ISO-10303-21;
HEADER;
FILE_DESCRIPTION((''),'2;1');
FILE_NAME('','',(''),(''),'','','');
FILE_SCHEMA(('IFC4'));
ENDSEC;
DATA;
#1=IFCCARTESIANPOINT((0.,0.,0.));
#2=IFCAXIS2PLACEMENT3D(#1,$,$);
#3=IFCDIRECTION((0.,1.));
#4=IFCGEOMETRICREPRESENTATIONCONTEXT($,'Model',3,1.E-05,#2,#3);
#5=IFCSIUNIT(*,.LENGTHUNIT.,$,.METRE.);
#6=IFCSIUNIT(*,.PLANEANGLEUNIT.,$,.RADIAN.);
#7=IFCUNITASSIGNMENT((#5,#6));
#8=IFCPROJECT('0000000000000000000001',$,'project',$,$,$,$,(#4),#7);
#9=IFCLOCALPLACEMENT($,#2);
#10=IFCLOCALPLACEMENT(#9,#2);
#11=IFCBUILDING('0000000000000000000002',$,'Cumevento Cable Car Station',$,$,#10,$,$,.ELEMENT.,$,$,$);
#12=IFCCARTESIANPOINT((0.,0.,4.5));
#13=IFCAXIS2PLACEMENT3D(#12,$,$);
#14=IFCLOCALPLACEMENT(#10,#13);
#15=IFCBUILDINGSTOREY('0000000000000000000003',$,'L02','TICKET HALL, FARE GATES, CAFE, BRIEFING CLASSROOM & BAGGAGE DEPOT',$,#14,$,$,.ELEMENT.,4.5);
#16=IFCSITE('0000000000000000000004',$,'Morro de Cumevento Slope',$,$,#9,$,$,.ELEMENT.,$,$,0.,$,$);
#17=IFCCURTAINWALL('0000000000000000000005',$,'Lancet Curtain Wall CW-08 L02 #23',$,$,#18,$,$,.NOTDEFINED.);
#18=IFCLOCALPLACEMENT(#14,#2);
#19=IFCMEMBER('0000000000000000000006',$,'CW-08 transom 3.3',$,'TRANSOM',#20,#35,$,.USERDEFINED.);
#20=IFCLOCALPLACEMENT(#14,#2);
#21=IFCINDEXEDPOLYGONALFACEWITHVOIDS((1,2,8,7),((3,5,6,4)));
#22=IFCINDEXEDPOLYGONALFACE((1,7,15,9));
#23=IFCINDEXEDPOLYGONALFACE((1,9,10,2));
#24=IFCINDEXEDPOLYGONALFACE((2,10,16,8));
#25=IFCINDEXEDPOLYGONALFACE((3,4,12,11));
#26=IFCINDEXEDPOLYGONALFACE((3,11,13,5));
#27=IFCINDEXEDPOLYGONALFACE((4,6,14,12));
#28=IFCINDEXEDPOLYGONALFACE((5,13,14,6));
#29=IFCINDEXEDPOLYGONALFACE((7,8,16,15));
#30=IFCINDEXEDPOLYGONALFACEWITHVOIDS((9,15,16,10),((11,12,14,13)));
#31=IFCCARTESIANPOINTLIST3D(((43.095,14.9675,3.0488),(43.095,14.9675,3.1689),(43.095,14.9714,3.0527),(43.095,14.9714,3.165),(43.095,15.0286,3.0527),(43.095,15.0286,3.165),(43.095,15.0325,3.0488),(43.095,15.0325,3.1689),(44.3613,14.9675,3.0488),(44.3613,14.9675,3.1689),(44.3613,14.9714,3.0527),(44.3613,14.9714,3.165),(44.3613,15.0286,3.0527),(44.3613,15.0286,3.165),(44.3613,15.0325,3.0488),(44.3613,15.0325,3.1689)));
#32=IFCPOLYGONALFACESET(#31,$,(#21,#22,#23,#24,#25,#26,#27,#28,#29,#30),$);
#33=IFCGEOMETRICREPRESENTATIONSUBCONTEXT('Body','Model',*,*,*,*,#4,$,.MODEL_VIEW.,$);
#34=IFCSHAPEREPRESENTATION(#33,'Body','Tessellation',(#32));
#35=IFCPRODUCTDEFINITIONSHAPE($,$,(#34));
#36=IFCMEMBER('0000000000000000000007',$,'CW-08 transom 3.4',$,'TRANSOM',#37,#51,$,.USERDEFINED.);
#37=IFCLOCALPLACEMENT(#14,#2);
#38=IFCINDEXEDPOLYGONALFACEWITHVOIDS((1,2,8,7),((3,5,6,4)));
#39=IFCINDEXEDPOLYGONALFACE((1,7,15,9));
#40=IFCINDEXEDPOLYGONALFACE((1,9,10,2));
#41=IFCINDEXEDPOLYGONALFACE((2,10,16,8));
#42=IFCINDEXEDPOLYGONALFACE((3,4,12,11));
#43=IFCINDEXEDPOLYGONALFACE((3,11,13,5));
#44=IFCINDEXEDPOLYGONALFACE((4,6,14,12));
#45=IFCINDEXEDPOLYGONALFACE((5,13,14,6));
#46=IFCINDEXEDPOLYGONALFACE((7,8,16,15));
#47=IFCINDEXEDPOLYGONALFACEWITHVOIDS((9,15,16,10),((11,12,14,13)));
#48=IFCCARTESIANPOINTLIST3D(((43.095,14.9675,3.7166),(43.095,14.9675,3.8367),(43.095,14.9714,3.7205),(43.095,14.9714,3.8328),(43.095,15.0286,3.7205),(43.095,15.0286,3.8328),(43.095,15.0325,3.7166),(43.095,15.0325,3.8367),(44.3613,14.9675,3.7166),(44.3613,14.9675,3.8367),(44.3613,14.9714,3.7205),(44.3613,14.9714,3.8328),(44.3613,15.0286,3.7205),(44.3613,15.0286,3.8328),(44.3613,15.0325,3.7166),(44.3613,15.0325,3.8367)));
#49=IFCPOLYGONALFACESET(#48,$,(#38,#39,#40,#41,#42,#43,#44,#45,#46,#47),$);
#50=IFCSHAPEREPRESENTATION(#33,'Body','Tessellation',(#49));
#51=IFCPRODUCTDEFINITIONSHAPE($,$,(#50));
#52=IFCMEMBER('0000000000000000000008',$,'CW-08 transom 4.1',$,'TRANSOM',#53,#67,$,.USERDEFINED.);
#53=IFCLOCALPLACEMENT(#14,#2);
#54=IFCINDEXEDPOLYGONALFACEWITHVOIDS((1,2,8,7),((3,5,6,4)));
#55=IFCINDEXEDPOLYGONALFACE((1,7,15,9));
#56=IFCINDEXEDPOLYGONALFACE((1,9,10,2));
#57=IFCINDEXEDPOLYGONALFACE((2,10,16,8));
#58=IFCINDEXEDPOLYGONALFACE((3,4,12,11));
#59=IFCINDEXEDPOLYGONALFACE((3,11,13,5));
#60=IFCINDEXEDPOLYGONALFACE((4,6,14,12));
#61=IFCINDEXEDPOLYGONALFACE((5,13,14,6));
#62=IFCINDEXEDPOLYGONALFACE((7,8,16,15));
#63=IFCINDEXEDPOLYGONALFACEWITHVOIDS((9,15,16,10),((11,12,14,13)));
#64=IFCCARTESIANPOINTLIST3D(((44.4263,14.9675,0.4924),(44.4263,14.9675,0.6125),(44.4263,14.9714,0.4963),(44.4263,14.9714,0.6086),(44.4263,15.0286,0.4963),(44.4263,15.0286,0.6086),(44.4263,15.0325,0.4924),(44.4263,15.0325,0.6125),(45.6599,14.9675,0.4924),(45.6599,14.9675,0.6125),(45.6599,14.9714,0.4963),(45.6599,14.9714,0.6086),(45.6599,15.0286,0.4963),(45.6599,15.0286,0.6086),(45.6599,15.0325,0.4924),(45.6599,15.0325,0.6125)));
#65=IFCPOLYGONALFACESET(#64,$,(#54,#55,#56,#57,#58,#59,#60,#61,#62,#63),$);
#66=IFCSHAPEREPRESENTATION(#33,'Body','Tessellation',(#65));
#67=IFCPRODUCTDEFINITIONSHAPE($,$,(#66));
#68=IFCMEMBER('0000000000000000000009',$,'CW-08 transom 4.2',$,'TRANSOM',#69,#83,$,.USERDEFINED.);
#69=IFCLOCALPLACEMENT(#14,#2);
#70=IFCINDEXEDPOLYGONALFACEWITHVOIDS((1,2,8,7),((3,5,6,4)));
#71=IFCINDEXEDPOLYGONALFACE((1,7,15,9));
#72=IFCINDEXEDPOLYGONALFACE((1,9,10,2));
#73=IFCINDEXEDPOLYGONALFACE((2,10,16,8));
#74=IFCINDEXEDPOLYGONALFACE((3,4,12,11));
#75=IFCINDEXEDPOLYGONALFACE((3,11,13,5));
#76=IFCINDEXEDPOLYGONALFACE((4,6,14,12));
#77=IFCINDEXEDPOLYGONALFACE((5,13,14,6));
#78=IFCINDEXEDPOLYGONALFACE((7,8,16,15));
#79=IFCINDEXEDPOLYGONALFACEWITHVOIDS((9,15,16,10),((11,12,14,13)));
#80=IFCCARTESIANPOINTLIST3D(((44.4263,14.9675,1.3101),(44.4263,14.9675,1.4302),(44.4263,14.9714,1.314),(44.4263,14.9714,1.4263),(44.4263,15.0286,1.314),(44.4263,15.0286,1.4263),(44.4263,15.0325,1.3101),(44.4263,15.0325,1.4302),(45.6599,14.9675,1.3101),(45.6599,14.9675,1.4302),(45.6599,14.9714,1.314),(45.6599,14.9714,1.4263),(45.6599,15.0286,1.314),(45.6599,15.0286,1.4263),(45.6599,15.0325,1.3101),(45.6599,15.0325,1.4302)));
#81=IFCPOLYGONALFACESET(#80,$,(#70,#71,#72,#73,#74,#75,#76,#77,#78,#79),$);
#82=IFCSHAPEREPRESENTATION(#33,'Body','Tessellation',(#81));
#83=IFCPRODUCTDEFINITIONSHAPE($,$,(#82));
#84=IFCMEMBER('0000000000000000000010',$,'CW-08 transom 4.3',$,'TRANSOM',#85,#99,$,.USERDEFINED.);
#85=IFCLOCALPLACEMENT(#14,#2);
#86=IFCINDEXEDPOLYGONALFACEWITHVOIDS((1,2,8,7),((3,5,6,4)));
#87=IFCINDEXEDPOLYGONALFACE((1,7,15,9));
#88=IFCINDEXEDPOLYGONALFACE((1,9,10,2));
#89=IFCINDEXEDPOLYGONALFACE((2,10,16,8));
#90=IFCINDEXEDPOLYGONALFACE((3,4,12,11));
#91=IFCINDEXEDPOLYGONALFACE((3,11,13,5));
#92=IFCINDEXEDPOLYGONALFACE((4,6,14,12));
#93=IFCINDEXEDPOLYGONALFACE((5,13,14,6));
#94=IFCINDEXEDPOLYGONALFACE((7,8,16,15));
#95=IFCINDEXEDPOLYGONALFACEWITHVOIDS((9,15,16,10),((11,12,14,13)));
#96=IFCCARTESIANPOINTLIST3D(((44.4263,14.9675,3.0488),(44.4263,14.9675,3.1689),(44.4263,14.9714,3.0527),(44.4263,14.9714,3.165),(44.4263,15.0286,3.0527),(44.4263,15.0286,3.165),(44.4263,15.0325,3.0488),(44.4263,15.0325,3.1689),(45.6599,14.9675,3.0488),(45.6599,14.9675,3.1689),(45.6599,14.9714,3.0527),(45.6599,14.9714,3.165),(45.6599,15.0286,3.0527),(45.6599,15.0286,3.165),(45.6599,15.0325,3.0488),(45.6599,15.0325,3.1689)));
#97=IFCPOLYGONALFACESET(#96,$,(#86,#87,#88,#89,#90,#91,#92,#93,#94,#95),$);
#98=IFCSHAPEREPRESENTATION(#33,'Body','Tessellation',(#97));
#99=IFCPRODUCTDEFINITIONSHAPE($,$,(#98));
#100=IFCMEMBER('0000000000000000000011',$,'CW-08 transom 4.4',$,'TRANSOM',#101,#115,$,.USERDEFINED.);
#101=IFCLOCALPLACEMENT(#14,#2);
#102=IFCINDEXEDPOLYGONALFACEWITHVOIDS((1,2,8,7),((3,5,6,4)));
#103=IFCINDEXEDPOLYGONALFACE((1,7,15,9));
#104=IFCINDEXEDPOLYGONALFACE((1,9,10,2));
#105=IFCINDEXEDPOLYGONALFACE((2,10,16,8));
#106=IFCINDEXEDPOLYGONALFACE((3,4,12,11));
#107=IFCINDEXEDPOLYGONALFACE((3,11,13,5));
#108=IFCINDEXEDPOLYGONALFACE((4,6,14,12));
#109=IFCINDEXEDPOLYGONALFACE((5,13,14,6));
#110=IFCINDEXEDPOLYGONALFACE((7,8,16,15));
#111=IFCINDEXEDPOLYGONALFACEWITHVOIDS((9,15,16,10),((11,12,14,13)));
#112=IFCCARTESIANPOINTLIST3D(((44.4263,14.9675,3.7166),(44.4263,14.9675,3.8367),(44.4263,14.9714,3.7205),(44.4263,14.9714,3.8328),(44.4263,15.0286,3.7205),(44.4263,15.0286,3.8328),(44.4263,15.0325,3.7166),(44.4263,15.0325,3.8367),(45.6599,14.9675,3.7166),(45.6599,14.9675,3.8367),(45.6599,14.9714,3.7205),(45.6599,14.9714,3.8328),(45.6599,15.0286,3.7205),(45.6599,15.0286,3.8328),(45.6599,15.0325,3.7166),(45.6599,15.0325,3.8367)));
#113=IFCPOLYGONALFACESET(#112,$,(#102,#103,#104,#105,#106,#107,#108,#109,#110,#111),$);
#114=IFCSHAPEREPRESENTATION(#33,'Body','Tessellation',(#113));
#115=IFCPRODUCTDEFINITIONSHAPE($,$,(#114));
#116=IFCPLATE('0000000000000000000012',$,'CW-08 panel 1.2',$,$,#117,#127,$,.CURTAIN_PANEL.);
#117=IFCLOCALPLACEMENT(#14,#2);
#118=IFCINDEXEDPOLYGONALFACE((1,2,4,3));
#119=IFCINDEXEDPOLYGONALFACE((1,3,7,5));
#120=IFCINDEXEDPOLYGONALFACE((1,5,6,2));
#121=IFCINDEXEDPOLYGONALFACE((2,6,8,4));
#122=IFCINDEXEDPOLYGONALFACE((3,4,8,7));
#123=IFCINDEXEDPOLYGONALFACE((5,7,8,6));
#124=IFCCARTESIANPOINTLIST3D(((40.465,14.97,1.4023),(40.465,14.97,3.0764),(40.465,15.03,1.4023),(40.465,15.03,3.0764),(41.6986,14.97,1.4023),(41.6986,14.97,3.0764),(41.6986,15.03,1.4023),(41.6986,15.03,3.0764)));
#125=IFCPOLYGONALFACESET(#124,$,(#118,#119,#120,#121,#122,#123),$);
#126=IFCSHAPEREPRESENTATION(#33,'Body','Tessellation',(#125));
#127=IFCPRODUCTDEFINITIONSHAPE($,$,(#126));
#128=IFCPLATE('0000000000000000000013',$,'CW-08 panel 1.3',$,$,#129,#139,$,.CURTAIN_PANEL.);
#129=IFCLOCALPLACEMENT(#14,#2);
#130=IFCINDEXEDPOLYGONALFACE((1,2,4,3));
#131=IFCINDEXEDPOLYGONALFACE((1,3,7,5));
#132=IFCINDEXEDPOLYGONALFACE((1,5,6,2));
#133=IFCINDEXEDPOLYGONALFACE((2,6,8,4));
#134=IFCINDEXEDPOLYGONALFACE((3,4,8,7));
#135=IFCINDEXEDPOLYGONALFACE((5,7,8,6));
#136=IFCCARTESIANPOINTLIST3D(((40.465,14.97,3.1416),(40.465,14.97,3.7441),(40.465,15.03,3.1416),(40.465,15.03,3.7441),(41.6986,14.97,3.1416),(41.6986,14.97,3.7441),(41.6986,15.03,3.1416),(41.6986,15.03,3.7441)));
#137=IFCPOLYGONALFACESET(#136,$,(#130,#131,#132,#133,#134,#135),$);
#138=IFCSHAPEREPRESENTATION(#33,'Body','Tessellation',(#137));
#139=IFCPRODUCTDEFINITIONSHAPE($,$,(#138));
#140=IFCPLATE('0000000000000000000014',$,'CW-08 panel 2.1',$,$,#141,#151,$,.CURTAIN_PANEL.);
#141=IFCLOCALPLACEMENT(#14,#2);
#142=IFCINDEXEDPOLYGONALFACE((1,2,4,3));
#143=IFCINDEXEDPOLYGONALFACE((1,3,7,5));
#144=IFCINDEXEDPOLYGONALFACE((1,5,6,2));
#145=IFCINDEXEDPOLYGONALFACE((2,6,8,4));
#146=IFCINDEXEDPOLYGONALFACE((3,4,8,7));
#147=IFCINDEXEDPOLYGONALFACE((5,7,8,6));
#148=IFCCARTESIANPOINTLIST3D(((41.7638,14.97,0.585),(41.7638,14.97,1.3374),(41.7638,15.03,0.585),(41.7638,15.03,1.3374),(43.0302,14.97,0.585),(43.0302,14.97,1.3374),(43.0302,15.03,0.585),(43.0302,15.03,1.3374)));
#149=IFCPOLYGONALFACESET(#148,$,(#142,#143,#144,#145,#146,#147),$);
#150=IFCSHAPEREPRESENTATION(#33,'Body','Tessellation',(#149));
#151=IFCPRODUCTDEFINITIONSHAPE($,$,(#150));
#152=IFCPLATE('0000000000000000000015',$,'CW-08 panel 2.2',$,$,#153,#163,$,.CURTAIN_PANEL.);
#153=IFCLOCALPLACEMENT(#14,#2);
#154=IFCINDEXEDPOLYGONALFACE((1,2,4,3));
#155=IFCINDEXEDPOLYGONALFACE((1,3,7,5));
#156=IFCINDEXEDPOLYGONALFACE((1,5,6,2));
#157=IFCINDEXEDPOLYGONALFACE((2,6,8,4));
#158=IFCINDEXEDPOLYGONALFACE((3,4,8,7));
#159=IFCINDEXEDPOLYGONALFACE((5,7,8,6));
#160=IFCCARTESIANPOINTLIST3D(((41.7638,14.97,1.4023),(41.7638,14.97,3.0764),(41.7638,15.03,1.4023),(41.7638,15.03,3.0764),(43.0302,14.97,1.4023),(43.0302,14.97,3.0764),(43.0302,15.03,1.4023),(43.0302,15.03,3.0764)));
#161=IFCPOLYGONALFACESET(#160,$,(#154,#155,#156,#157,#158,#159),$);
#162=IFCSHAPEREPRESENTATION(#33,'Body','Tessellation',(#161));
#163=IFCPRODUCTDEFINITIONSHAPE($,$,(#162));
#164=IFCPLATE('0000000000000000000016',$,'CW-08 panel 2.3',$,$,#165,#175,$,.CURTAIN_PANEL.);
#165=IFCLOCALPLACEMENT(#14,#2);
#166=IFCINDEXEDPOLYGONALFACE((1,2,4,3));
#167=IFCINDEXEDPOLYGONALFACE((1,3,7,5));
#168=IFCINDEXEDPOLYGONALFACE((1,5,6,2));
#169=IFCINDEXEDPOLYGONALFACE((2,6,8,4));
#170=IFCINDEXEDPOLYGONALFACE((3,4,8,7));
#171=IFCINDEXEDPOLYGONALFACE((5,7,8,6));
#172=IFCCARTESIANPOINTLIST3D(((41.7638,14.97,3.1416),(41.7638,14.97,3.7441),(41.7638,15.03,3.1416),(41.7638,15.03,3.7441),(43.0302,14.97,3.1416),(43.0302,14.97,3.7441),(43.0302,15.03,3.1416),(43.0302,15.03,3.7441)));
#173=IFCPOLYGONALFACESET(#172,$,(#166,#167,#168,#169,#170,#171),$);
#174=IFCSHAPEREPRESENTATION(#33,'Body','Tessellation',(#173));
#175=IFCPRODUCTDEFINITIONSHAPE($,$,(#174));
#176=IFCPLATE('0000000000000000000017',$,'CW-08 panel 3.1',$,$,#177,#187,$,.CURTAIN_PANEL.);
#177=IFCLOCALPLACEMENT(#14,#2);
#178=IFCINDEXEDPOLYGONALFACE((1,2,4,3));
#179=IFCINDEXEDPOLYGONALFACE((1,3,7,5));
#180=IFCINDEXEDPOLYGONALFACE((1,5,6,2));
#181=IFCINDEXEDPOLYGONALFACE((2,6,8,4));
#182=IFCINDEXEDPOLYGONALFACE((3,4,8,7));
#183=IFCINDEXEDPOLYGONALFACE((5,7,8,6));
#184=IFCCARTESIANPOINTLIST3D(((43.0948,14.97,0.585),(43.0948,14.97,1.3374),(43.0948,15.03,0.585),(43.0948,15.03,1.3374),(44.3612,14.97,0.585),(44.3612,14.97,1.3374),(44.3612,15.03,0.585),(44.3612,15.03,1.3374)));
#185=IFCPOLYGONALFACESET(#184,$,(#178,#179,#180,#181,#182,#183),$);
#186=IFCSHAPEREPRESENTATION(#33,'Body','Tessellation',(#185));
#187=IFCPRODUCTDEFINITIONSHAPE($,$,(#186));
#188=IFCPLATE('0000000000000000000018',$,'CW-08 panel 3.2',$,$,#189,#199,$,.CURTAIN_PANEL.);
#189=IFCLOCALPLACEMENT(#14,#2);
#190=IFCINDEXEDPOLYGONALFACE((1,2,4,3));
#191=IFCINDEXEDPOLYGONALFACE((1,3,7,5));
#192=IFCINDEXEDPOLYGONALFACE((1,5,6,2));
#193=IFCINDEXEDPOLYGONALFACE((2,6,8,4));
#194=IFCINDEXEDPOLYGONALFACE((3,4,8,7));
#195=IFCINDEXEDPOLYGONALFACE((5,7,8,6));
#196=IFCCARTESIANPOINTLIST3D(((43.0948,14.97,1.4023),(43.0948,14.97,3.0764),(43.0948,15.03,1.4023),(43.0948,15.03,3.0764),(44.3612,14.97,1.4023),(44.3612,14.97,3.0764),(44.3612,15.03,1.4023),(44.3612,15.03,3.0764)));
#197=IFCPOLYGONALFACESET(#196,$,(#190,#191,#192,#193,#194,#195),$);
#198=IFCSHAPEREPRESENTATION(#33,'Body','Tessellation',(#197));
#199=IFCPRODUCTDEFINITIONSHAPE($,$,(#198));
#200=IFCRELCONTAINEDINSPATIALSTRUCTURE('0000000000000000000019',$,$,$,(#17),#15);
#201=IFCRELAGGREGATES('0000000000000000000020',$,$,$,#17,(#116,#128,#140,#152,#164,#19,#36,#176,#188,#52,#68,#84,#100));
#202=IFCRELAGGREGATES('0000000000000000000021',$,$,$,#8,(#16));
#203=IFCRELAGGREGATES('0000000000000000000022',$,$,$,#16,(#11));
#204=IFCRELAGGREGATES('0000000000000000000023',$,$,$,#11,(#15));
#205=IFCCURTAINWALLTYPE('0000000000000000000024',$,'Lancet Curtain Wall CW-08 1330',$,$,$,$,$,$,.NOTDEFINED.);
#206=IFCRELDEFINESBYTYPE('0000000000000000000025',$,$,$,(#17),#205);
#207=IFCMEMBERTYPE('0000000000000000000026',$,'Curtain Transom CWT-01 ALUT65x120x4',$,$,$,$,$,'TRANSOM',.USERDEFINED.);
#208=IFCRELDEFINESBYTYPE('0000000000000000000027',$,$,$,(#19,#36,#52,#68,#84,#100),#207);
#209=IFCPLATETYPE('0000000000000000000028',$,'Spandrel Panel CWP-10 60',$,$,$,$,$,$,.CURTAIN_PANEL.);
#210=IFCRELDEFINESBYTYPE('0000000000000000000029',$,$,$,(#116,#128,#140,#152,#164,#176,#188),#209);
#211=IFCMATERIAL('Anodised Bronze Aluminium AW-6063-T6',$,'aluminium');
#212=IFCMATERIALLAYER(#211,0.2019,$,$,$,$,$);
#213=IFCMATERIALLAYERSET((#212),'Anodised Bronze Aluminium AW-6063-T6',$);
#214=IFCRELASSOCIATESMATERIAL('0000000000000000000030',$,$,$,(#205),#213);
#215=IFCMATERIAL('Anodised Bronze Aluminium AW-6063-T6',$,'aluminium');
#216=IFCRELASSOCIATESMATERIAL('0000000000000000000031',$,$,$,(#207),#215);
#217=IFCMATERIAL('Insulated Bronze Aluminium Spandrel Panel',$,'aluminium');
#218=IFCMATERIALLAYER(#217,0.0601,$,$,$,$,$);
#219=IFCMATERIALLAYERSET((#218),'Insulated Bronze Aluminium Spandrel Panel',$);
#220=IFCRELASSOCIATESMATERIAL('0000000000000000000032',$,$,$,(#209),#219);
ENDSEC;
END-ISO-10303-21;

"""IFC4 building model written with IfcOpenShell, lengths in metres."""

from ifc_helpers import new_model, si_unit, direction, frame, origin, origin_2d, place, context, subcontext, project, spatial, rectangle, hollow_rectangle, extrude, material, layer, layer_set, material_profile, profile_set, type_object, element, aggregate, save


model = new_model("IFC4")

# Units and contexts
model_context = context("Model", 3, precision=1e-05, world=origin(), true_north=direction((0.0, 1.0)))
body_context = subcontext(model_context, "Body", "Model", "MODEL_VIEW")
ifc_project = project(units=[si_unit("LENGTHUNIT", "METRE"), si_unit("PLANEANGLEUNIT", "RADIAN")], contexts=[model_context])

# Site, building, storey
site_placement = place(None, origin())
site = spatial("IfcSite", under=ifc_project, at=site_placement, Name="Morro de Cumevento Slope", CompositionType="ELEMENT", RefElevation=0.0)
building_placement = place(site_placement, origin())
building = spatial("IfcBuilding", under=site, at=building_placement, Name="Cumevento Cable Car Station", CompositionType="ELEMENT")
storey_placement = place(building_placement, frame((0.0, 0.0, 4.5)))
storey = spatial("IfcBuildingStorey", under=building, at=storey_placement, Name="L02", Description="TICKET HALL, FARE GATES, CAFE, BRIEFING CLASSROOM & BAGGAGE DEPOT", CompositionType="ELEMENT", Elevation=4.5)

# Curtain wall, members, plates
ifc_material_1 = material(Name="Anodised Bronze Aluminium AW-6063-T6", Category="aluminium")
ifc_layer_1 = layer(ifc_material_1, 0.2019)
ifc_layer_set_1 = layer_set([ifc_layer_1], Name="Anodised Bronze Aluminium AW-6063-T6")
curtain_wall_type = type_object("IfcCurtainWallType", Name="Lancet Curtain Wall CW-08 1330", PredefinedType="NOTDEFINED", material=ifc_layer_set_1)
curtain_wall_placement = place(storey_placement, origin())
curtain_wall = element("IfcCurtainWall", 1, at=curtain_wall_placement, inside=storey, type_object=curtain_wall_type, Name="Lancet Curtain Wall CW-08 L02 #23", PredefinedType="NOTDEFINED")
ifc_material_2 = material(Name="Anodised Bronze Aluminium AW-6063-T6", Category="aluminium")
ifc_material_profile_1 = material_profile(ifc_material_2, hollow_rectangle(XDim=0.0649, YDim=0.1201, WallThickness=0.0039, at=origin_2d()), Name="ALUT65x120x4")
ifc_profile_set_1 = profile_set([ifc_material_profile_1], Name="Anodised Bronze Aluminium AW-6063-T6")
member_type_1 = type_object("IfcMemberType", Name="Curtain Transom CWT-01 ALUT65x120x4", ElementType="TRANSOM", PredefinedType="USERDEFINED", material=ifc_profile_set_1)
member_1_placement = place(storey_placement, frame((43.095, 15.0, 3.1089), z_axis=(1.0, 0.0, 0.0), x_axis=(0.0, 1.0, 0.0)))
member_1 = element("IfcMember", 2, at=member_1_placement, type_object=member_type_1, Name="CW-08 transom 3.3", ObjectType="TRANSOM", PredefinedType="USERDEFINED", context=body_context, shape_type="SweptSolid", body=[
    extrude(hollow_rectangle(XDim=0.0649, YDim=0.1201, WallThickness=0.0039, at=origin_2d()), origin(), (0.0, 0.0, 1.0), 1.2664),
])
member_2_placement = place(storey_placement, frame((43.095, 15.0, 3.7766), z_axis=(1.0, 0.0, 0.0), x_axis=(0.0, 1.0, 0.0)))
member_2 = element("IfcMember", 3, at=member_2_placement, type_object=member_type_1, Name="CW-08 transom 3.4", ObjectType="TRANSOM", PredefinedType="USERDEFINED", context=body_context, shape_type="SweptSolid", body=[
    extrude(hollow_rectangle(XDim=0.0649, YDim=0.1201, WallThickness=0.0039, at=origin_2d()), origin(), (0.0, 0.0, 1.0), 1.2664),
])
member_3_placement = place(storey_placement, frame((44.4263, 15.0, 0.5525), z_axis=(1.0, 0.0, 0.0), x_axis=(0.0, 1.0, 0.0)))
member_3 = element("IfcMember", 4, at=member_3_placement, type_object=member_type_1, Name="CW-08 transom 4.1", ObjectType="TRANSOM", PredefinedType="USERDEFINED", context=body_context, shape_type="SweptSolid", body=[
    extrude(hollow_rectangle(XDim=0.0649, YDim=0.1201, WallThickness=0.0039, at=origin_2d()), origin(), (0.0, 0.0, 1.0), 1.2336),
])
member_4_placement = place(storey_placement, frame((44.4263, 15.0, 1.3701), z_axis=(1.0, 0.0, 0.0), x_axis=(0.0, 1.0, 0.0)))
member_4 = element("IfcMember", 5, at=member_4_placement, type_object=member_type_1, Name="CW-08 transom 4.2", ObjectType="TRANSOM", PredefinedType="USERDEFINED", context=body_context, shape_type="SweptSolid", body=[
    extrude(hollow_rectangle(XDim=0.0649, YDim=0.1201, WallThickness=0.0039, at=origin_2d()), origin(), (0.0, 0.0, 1.0), 1.2336),
])
member_5_placement = place(storey_placement, frame((44.4263, 15.0, 3.1089), z_axis=(1.0, 0.0, 0.0), x_axis=(0.0, 1.0, 0.0)))
member_5 = element("IfcMember", 6, at=member_5_placement, type_object=member_type_1, Name="CW-08 transom 4.3", ObjectType="TRANSOM", PredefinedType="USERDEFINED", context=body_context, shape_type="SweptSolid", body=[
    extrude(hollow_rectangle(XDim=0.0649, YDim=0.1201, WallThickness=0.0039, at=origin_2d()), origin(), (0.0, 0.0, 1.0), 1.2336),
])
member_6_placement = place(storey_placement, frame((44.4263, 15.0, 3.7766), z_axis=(1.0, 0.0, 0.0), x_axis=(0.0, 1.0, 0.0)))
member_6 = element("IfcMember", 7, at=member_6_placement, type_object=member_type_1, Name="CW-08 transom 4.4", ObjectType="TRANSOM", PredefinedType="USERDEFINED", context=body_context, shape_type="SweptSolid", body=[
    extrude(hollow_rectangle(XDim=0.0649, YDim=0.1201, WallThickness=0.0039, at=origin_2d()), origin(), (0.0, 0.0, 1.0), 1.2336),
])
ifc_material_3 = material(Name="Insulated Bronze Aluminium Spandrel Panel", Category="aluminium")
ifc_layer_2 = layer(ifc_material_3, 0.0601)
ifc_layer_set_2 = layer_set([ifc_layer_2], Name="Insulated Bronze Aluminium Spandrel Panel")
plate_type = type_object("IfcPlateType", Name="Spandrel Panel CWP-10 60", PredefinedType="CURTAIN_PANEL", material=ifc_layer_set_2)
plate_1_placement = place(storey_placement, frame((41.0818, 15.0, 1.4023), z_axis=(0.0, 0.0, 1.0), x_axis=(1.0, 0.0, 0.0)))
plate_1 = element("IfcPlate", 8, at=plate_1_placement, type_object=plate_type, Name="CW-08 panel 1.2", PredefinedType="CURTAIN_PANEL", context=body_context, shape_type="SweptSolid", body=[
    extrude(rectangle(XDim=1.2336, YDim=0.0601, at=origin_2d()), origin(), (0.0, 0.0, 1.0), 1.6741),
])
plate_2_placement = place(storey_placement, frame((41.0818, 15.0, 3.1416), z_axis=(0.0, 0.0, 1.0), x_axis=(1.0, 0.0, 0.0)))
plate_2 = element("IfcPlate", 9, at=plate_2_placement, type_object=plate_type, Name="CW-08 panel 1.3", PredefinedType="CURTAIN_PANEL", context=body_context, shape_type="SweptSolid", body=[
    extrude(rectangle(XDim=1.2336, YDim=0.0601, at=origin_2d()), origin(), (0.0, 0.0, 1.0), 0.6025),
])
plate_3_placement = place(storey_placement, frame((42.397, 15.0, 0.585), z_axis=(0.0, 0.0, 1.0), x_axis=(1.0, 0.0, 0.0)))
plate_3 = element("IfcPlate", 10, at=plate_3_placement, type_object=plate_type, Name="CW-08 panel 2.1", PredefinedType="CURTAIN_PANEL", context=body_context, shape_type="SweptSolid", body=[
    extrude(rectangle(XDim=1.2664, YDim=0.0601, at=origin_2d()), origin(), (0.0, 0.0, 1.0), 0.7524),
])
plate_4_placement = place(storey_placement, frame((42.397, 15.0, 1.4023), z_axis=(0.0, 0.0, 1.0), x_axis=(1.0, 0.0, 0.0)))
plate_4 = element("IfcPlate", 11, at=plate_4_placement, type_object=plate_type, Name="CW-08 panel 2.2", PredefinedType="CURTAIN_PANEL", context=body_context, shape_type="SweptSolid", body=[
    extrude(rectangle(XDim=1.2664, YDim=0.0601, at=origin_2d()), origin(), (0.0, 0.0, 1.0), 1.6741),
])
plate_5_placement = place(storey_placement, frame((42.397, 15.0, 3.1416), z_axis=(0.0, 0.0, 1.0), x_axis=(1.0, 0.0, 0.0)))
plate_5 = element("IfcPlate", 12, at=plate_5_placement, type_object=plate_type, Name="CW-08 panel 2.3", PredefinedType="CURTAIN_PANEL", context=body_context, shape_type="SweptSolid", body=[
    extrude(rectangle(XDim=1.2664, YDim=0.0601, at=origin_2d()), origin(), (0.0, 0.0, 1.0), 0.6025),
])
plate_6_placement = place(storey_placement, frame((43.728, 15.0, 0.585), z_axis=(0.0, 0.0, 1.0), x_axis=(1.0, 0.0, 0.0)))
plate_6 = element("IfcPlate", 13, at=plate_6_placement, type_object=plate_type, Name="CW-08 panel 3.1", PredefinedType="CURTAIN_PANEL", context=body_context, shape_type="SweptSolid", body=[
    extrude(rectangle(XDim=1.2664, YDim=0.0601, at=origin_2d()), origin(), (0.0, 0.0, 1.0), 0.7524),
])
plate_7_placement = place(storey_placement, frame((43.728, 15.0, 1.4023), z_axis=(0.0, 0.0, 1.0), x_axis=(1.0, 0.0, 0.0)))
plate_7 = element("IfcPlate", 14, at=plate_7_placement, type_object=plate_type, Name="CW-08 panel 3.2", PredefinedType="CURTAIN_PANEL", context=body_context, shape_type="SweptSolid", body=[
    extrude(rectangle(XDim=1.2664, YDim=0.0601, at=origin_2d()), origin(), (0.0, 0.0, 1.0), 1.6741),
])
aggregate(curtain_wall, [plate_1, plate_2, plate_3, plate_4, plate_5, member_1, member_2, plate_6, plate_7, member_3, member_4, member_5, member_6])

save(model, "model.ifc")
